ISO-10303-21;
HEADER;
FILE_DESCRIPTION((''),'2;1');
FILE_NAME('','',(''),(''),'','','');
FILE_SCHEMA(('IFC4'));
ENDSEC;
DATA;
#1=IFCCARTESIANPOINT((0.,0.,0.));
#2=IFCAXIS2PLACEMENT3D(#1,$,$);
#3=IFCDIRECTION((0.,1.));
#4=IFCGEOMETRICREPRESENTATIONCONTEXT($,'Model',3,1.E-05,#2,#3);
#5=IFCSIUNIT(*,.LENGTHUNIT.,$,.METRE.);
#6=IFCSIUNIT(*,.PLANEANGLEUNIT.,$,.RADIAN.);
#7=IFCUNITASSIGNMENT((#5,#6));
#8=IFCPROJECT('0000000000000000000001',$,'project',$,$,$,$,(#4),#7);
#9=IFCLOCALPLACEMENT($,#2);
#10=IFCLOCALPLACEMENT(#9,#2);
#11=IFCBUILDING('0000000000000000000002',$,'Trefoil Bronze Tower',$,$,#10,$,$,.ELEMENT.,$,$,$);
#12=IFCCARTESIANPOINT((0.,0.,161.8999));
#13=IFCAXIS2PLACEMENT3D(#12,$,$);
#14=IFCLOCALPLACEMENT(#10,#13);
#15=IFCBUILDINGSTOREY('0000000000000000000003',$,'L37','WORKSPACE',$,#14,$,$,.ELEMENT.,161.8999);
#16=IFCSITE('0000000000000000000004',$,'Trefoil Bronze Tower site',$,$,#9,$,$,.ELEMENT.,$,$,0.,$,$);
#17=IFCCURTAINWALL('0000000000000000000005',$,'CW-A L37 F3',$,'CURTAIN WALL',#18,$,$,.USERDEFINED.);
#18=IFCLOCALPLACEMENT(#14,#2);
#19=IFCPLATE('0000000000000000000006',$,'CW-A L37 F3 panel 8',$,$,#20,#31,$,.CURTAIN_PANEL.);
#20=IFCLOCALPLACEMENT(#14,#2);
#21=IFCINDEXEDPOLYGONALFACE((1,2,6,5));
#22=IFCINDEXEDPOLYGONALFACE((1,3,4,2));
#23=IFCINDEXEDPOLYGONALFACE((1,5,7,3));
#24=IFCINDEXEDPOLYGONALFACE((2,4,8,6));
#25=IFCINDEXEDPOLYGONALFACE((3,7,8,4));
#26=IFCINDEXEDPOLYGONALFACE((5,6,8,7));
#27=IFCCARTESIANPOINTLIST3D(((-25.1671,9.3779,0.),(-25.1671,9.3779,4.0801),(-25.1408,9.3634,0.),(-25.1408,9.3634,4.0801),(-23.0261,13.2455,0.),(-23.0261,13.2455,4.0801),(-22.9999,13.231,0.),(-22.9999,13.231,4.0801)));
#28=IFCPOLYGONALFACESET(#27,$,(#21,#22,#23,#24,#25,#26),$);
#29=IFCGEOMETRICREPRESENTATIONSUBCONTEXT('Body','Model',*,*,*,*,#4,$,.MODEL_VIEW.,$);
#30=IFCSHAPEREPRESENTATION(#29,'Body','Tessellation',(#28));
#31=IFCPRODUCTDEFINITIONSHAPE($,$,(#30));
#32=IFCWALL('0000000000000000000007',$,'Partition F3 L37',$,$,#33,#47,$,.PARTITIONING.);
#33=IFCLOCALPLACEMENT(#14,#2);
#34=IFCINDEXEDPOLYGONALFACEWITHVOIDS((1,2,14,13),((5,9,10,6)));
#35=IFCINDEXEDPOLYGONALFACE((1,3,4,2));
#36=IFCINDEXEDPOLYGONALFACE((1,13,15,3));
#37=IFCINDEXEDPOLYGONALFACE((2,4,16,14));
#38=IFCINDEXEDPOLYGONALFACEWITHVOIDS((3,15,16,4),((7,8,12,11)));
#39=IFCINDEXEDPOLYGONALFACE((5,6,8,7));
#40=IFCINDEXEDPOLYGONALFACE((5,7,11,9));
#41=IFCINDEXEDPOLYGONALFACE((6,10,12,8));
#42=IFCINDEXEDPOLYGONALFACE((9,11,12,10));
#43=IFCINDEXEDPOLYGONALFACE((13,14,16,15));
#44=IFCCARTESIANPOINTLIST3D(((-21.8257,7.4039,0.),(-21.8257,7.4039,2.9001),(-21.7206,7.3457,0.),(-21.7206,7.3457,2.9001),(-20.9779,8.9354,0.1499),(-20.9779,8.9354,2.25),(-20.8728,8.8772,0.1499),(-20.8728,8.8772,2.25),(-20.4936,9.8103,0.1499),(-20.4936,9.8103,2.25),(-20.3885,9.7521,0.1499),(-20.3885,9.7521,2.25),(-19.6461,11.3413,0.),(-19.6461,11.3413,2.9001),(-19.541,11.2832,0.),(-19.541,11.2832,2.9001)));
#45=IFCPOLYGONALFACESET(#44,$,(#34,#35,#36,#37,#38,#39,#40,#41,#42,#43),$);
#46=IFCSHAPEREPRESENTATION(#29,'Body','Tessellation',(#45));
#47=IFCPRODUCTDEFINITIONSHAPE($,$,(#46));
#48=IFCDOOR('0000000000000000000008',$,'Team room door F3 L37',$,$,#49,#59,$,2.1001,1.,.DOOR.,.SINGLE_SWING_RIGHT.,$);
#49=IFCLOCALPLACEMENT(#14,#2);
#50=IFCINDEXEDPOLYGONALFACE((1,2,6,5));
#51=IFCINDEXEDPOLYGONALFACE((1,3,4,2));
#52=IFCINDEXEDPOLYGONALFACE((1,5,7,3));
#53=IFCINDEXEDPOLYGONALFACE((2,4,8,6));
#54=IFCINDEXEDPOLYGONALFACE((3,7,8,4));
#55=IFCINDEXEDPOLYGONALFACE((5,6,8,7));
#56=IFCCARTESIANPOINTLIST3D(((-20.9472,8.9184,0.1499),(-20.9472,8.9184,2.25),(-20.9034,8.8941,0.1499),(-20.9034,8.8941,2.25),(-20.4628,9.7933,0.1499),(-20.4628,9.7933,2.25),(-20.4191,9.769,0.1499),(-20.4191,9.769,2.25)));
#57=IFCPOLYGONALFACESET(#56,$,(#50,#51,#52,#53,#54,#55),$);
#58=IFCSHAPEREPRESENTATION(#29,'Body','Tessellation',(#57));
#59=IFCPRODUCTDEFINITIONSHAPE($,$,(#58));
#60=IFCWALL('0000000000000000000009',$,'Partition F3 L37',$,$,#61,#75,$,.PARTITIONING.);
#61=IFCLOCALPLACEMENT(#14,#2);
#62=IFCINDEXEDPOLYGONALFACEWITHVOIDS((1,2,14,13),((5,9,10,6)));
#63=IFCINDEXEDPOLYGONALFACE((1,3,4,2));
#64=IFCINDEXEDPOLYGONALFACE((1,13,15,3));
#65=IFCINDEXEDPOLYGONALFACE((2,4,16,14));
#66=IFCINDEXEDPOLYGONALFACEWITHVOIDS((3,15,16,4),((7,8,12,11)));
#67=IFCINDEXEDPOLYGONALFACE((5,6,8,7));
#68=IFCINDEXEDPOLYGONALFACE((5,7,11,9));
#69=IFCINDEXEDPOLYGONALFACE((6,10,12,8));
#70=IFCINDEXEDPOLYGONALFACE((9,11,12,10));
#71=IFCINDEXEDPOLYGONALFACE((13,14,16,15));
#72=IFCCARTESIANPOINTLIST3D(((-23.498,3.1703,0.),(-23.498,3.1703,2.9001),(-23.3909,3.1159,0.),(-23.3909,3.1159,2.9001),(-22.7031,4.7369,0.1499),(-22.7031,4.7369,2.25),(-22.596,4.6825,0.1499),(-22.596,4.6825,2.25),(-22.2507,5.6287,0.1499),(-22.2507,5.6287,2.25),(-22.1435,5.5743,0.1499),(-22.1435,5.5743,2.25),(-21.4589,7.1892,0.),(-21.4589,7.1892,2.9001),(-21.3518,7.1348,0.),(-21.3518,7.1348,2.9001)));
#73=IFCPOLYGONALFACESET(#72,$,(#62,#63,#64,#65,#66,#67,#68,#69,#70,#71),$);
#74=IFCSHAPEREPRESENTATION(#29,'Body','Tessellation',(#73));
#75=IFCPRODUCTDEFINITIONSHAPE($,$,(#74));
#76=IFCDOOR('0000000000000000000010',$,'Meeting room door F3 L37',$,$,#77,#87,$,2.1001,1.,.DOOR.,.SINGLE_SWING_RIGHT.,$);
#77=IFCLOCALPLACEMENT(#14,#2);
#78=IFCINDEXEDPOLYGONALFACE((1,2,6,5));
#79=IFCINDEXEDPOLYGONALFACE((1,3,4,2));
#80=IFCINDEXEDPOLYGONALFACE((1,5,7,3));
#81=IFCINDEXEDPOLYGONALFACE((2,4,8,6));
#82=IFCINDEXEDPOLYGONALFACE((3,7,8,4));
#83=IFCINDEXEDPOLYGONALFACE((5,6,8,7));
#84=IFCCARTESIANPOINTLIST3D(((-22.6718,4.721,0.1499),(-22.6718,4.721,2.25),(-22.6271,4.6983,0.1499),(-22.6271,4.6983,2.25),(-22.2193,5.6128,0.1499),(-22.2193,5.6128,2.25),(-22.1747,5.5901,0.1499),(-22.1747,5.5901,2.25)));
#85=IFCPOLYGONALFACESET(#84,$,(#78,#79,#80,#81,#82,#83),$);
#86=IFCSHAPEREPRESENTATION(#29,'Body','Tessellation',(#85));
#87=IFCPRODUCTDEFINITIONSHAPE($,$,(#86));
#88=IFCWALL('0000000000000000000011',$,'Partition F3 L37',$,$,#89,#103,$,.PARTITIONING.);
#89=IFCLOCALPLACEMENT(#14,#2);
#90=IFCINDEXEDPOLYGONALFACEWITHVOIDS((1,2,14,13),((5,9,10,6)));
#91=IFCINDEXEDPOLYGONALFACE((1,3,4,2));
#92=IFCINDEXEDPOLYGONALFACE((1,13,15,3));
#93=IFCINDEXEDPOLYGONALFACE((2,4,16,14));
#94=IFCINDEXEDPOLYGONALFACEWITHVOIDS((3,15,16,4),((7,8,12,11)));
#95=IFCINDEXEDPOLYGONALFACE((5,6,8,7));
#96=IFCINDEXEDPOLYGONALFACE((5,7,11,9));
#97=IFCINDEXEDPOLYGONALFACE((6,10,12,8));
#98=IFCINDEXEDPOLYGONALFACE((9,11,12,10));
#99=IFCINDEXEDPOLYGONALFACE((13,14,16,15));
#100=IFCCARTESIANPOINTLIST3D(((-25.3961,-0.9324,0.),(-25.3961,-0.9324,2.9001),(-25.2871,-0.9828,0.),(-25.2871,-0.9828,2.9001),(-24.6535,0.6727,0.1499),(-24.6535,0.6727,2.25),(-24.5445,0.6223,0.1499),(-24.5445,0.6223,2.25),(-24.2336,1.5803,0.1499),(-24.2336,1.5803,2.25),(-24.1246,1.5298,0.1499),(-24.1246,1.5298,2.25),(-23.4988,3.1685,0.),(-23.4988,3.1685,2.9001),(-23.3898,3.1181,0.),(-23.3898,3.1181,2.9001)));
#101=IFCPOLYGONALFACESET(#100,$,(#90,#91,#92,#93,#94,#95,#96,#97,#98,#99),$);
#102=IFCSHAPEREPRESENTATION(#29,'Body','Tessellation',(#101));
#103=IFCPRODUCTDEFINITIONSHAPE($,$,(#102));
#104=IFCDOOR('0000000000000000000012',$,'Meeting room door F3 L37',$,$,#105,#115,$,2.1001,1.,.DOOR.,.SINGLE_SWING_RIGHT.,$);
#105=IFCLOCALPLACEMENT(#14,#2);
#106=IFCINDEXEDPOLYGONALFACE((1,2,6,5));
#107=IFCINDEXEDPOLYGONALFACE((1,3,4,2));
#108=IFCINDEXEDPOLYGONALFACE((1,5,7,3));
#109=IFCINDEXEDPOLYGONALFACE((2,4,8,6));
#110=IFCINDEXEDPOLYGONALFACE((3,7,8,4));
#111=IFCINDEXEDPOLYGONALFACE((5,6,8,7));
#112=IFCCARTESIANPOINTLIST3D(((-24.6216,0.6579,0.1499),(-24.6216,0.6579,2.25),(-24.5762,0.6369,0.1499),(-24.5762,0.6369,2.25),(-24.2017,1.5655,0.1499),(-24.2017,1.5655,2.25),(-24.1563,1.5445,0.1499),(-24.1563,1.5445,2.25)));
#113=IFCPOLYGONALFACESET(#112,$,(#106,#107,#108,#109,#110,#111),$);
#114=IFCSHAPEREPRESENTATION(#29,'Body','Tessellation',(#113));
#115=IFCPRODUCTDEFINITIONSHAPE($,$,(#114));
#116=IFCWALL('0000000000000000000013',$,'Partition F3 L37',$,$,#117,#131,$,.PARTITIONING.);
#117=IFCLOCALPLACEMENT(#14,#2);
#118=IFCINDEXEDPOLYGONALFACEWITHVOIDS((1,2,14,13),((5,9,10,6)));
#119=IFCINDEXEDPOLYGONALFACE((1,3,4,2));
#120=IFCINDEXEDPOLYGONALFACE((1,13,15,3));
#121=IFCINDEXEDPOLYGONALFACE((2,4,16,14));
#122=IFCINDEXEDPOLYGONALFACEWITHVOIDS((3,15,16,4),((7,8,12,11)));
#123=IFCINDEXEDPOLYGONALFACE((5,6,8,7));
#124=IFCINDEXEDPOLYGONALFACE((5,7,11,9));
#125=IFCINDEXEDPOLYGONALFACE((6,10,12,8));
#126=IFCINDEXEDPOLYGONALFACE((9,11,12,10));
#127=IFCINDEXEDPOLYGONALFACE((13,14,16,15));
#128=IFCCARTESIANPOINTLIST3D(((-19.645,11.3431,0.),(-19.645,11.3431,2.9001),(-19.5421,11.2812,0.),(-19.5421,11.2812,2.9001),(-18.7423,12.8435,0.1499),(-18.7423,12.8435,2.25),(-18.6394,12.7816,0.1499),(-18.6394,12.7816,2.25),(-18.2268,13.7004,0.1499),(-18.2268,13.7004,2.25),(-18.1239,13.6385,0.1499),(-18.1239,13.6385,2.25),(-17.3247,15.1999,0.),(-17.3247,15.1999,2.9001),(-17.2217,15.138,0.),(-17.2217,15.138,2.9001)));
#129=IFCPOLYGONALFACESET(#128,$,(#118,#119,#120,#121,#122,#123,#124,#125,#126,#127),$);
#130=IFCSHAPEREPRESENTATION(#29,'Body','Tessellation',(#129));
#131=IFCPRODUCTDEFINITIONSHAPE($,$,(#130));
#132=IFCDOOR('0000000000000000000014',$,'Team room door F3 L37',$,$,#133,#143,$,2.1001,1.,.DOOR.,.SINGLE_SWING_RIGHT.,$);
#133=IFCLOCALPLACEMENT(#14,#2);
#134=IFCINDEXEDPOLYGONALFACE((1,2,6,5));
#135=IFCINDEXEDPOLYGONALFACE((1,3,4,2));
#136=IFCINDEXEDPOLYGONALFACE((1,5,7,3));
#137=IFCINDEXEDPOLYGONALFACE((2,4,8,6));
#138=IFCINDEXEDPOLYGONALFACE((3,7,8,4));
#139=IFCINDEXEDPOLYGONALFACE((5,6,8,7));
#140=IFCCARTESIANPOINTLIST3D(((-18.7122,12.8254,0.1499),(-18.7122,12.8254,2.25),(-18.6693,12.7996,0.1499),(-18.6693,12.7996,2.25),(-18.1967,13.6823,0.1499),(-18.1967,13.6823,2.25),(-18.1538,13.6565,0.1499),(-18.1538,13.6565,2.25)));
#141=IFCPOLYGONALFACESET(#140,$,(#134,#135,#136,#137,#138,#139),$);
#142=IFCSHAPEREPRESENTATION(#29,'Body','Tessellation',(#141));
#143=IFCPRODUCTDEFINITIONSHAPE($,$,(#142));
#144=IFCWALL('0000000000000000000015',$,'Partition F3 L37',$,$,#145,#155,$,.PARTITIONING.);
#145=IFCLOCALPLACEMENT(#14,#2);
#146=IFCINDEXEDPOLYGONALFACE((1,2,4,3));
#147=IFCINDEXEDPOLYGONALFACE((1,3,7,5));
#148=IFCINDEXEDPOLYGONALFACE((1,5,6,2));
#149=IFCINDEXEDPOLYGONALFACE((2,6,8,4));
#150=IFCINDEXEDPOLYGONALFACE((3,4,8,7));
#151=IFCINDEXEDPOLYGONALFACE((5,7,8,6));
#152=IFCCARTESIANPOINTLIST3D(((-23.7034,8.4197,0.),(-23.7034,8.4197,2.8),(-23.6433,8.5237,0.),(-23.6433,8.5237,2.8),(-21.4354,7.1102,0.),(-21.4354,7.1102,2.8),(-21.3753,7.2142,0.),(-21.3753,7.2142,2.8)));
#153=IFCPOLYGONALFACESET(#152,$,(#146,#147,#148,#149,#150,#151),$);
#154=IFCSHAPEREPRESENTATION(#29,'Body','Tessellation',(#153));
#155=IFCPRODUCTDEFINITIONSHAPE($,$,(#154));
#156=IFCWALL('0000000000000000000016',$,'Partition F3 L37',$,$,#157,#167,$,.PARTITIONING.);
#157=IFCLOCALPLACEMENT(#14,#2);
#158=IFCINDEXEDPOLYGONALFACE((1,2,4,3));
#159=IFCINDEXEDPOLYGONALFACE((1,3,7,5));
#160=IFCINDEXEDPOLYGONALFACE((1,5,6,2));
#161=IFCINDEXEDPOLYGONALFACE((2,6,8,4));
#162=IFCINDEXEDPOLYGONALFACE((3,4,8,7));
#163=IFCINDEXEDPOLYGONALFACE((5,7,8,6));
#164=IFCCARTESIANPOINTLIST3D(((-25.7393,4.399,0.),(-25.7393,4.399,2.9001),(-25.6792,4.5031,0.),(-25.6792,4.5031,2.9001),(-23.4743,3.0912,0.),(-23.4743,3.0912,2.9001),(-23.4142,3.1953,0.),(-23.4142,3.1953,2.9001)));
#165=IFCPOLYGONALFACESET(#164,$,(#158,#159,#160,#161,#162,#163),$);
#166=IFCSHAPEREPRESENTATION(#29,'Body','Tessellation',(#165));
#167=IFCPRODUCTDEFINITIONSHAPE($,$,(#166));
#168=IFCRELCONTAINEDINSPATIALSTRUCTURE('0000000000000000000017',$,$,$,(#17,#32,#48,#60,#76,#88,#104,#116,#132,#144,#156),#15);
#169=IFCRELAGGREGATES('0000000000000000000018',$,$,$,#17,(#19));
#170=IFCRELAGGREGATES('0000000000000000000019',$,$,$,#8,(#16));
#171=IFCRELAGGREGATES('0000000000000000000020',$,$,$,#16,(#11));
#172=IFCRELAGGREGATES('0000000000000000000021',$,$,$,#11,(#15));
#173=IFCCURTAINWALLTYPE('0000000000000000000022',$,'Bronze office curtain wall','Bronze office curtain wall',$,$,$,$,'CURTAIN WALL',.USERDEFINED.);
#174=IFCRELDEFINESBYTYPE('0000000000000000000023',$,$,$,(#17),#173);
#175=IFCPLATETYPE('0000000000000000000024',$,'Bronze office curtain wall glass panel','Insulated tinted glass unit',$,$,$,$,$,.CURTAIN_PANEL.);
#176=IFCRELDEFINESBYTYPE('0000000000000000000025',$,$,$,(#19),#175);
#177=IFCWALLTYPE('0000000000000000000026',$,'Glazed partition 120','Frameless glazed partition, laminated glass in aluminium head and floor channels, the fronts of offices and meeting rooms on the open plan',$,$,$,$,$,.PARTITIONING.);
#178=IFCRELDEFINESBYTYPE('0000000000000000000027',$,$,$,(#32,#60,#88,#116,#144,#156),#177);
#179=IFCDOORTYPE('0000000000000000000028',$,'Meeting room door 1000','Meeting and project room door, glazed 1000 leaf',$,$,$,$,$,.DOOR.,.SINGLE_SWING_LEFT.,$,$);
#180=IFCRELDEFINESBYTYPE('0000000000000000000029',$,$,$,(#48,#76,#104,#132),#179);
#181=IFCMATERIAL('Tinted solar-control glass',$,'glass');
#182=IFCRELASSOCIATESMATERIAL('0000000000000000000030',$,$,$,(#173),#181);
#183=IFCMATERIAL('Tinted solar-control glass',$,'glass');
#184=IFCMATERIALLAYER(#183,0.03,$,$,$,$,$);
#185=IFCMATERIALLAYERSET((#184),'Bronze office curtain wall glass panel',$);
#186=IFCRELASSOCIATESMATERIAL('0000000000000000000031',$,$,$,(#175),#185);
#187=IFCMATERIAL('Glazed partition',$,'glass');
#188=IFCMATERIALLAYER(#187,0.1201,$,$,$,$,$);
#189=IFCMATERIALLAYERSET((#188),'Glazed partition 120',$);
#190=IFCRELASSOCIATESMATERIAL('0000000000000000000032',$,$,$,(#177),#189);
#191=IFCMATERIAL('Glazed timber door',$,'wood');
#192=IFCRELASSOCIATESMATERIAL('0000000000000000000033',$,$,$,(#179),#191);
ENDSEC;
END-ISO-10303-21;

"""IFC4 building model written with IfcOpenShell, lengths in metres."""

from ifc_helpers import new_model, si_unit, direction, frame, frame_2d, origin, origin_2d, place, context, subcontext, project, spatial, rectangle, extrude, material, layer, layer_set, type_object, element, fill, aggregate, save


model = new_model("IFC4")

# Units and contexts
model_context = context("Model", 3, precision=1e-05, world=origin(), true_north=direction((0.0, 1.0)))
body_context = subcontext(model_context, "Body", "Model", "MODEL_VIEW")
ifc_project = project(units=[si_unit("LENGTHUNIT", "METRE"), si_unit("PLANEANGLEUNIT", "RADIAN")], contexts=[model_context])

# Site, building, storey
site_placement = place(None, origin())
site = spatial("IfcSite", under=ifc_project, at=site_placement, Name="Trefoil Bronze Tower site", CompositionType="ELEMENT", RefElevation=0.0)
building_placement = place(site_placement, origin())
building = spatial("IfcBuilding", under=site, at=building_placement, Name="Trefoil Bronze Tower", CompositionType="ELEMENT")
storey_placement = place(building_placement, frame((0.0, 0.0, 161.8999)))
storey = spatial("IfcBuildingStorey", under=building, at=storey_placement, Name="L37", Description="WORKSPACE", CompositionType="ELEMENT", Elevation=161.8999)

# Curtain wall
ifc_material_1 = material(Name="Tinted solar-control glass", Category="glass")
curtain_wall_type = type_object("IfcCurtainWallType", Name="Bronze office curtain wall", Description="Bronze office curtain wall", ElementType="CURTAIN WALL", PredefinedType="USERDEFINED", material=ifc_material_1)
curtain_wall_placement = place(storey_placement, origin())
curtain_wall = element("IfcCurtainWall", 1, at=curtain_wall_placement, inside=storey, type_object=curtain_wall_type, Name="CW-A L37 F3", ObjectType="CURTAIN WALL", PredefinedType="USERDEFINED")

# Plate
ifc_material_2 = material(Name="Tinted solar-control glass", Category="glass")
ifc_layer_1 = layer(ifc_material_2, 0.03)
ifc_layer_set_1 = layer_set([ifc_layer_1], Name="Bronze office curtain wall glass panel")
plate_type = type_object("IfcPlateType", Name="Bronze office curtain wall glass panel", Description="Insulated tinted glass unit", PredefinedType="CURTAIN_PANEL", material=ifc_layer_set_1)
plate_placement = place(storey_placement, frame((-24.0835, 11.3044, 0.0), z_axis=(0.0, 0.0, 1.0), x_axis=(-0.484312, -0.874895, 0.0)))
plate = element("IfcPlate", 2, at=plate_placement, type_object=plate_type, Name="CW-A L37 F3 panel 8", PredefinedType="CURTAIN_PANEL", context=body_context, shape_type="SweptSolid", body=[
    extrude(rectangle(XDim=4.4207, YDim=0.03, at=origin_2d()), origin(), (0.0, 0.0, 1.0), 4.0801),
])
aggregate(curtain_wall, [plate])

# Walls, openings, doors
ifc_material_3 = material(Name="Glazed partition", Category="glass")
ifc_layer_2 = layer(ifc_material_3, 0.1201)
ifc_layer_set_2 = layer_set([ifc_layer_2], Name="Glazed partition 120")
wall_type_1 = type_object("IfcWallType", Name="Glazed partition 120", Description="Frameless glazed partition, laminated glass in aluminium head and floor channels, the fronts of offices and meeting rooms on the open plan", PredefinedType="PARTITIONING", material=ifc_layer_set_2)
wall_1_placement = place(storey_placement, frame((-19.5935, 11.3123, 0.0), z_axis=(0.0, 0.0, 1.0), x_axis=(-0.484316, -0.874893, 0.0)))
wall_1 = element("IfcWall", 3, at=wall_1_placement, inside=storey, type_object=wall_type_1, Name="Partition F3 L37", PredefinedType="PARTITIONING", context=body_context, shape_type="SweptSolid", body=[
    extrude(rectangle(XDim=4.5005, YDim=0.1201, at=frame_2d((2.2502, 0.0))), origin(), (0.0, 0.0, 1.0), 2.9001),
])
opening_1_placement = place(wall_1_placement, frame((1.75, 0.0, 0.1499)))
opening_1 = element("IfcOpeningElement", 4, at=opening_1_placement, cuts=wall_1, PredefinedType="OPENING", context=body_context, shape_type="SweptSolid", body=[
    extrude(rectangle(XDim=1.0, YDim=2.1001, at=frame_2d((0.5, 1.05))), frame((0.0, 0.0701, 0.0), z_axis=(0.0, -1.0, 0.0), x_axis=(1.0, 0.0, 0.0)), (0.0, 0.0, 1.0), 0.1401),
])
ifc_material_4 = material(Name="Glazed timber door", Category="wood")
door_type = type_object("IfcDoorType", Name="Meeting room door 1000", Description="Meeting and project room door, glazed 1000 leaf", OperationType="SINGLE_SWING_LEFT", PredefinedType="DOOR", material=ifc_material_4)
door_1_placement = place(opening_1_placement, frame((1.0, 0.0, 0.0), z_axis=(0.0, 0.0, 1.0), x_axis=(-1.0, 0.0, 0.0)))
door_1 = element("IfcDoor", 5, at=door_1_placement, inside=storey, type_object=door_type, Name="Team room door F3 L37", OperationType="SINGLE_SWING_RIGHT", OverallHeight=2.1001, OverallWidth=1.0, PredefinedType="DOOR", context=body_context, shape_type="SweptSolid", body=[
    extrude(rectangle(XDim=1.0, YDim=2.1001, at=frame_2d((0.5, 1.05))), frame((0.0, 0.0249, 0.0), z_axis=(0.0, -1.0, 0.0), x_axis=(1.0, 0.0, 0.0)), (0.0, 0.0, 1.0), 0.05),
])
fill(opening_1, door_1)
wall_2_placement = place(storey_placement, frame((-21.4053, 7.1621, 0.0), z_axis=(0.0, 0.0, 1.0), x_axis=(-0.452472, -0.891779, 0.0)))
wall_2 = element("IfcWall", 6, at=wall_2_placement, inside=storey, type_object=wall_type_1, Name="Partition F3 L37", PredefinedType="PARTITIONING", context=body_context, shape_type="SweptSolid", body=[
    extrude(rectangle(XDim=4.5066, YDim=0.1201, at=frame_2d((2.2534, 0.0))), origin(), (0.0, 0.0, 1.0), 2.9001),
])
opening_2_placement = place(wall_2_placement, frame((1.75, 0.0, 0.1499)))
opening_2 = element("IfcOpeningElement", 7, at=opening_2_placement, cuts=wall_2, PredefinedType="OPENING", context=body_context, shape_type="SweptSolid", body=[
    extrude(rectangle(XDim=1.0, YDim=2.1001, at=frame_2d((0.5, 1.05))), frame((0.0, 0.0701, 0.0), z_axis=(0.0, -1.0, 0.0), x_axis=(1.0, 0.0, 0.0)), (0.0, 0.0, 1.0), 0.1401),
])
door_2_placement = place(opening_2_placement, frame((1.0, 0.0, 0.0), z_axis=(0.0, 0.0, 1.0), x_axis=(-1.0, 0.0, 0.0)))
door_2 = element("IfcDoor", 8, at=door_2_placement, inside=storey, type_object=door_type, Name="Meeting room door F3 L37", OperationType="SINGLE_SWING_RIGHT", OverallHeight=2.1001, OverallWidth=1.0, PredefinedType="DOOR", context=body_context, shape_type="SweptSolid", body=[
    extrude(rectangle(XDim=1.0, YDim=2.1001, at=frame_2d((0.5, 1.05))), frame((0.0, 0.0249, 0.0), z_axis=(0.0, -1.0, 0.0), x_axis=(1.0, 0.0, 0.0)), (0.0, 0.0, 1.0), 0.05),
])
fill(opening_2, door_2)
wall_3_placement = place(storey_placement, frame((-23.4443, 3.1433, 0.0), z_axis=(0.0, 0.0, 1.0), x_axis=(-0.419884, -0.907578, 0.0)))
wall_3 = element("IfcWall", 9, at=wall_3_placement, inside=storey, type_object=wall_type_1, Name="Partition F3 L37", PredefinedType="PARTITIONING", context=body_context, shape_type="SweptSolid", body=[
    extrude(rectangle(XDim=4.5186, YDim=0.1201, at=frame_2d((2.2593, 0.0))), origin(), (0.0, 0.0, 1.0), 2.9001),
])
opening_3_placement = place(wall_3_placement, frame((1.75, 0.0, 0.1499)))
opening_3 = element("IfcOpeningElement", 10, at=opening_3_placement, cuts=wall_3, PredefinedType="OPENING", context=body_context, shape_type="SweptSolid", body=[
    extrude(rectangle(XDim=1.0, YDim=2.1001, at=frame_2d((0.5, 1.05))), frame((0.0, 0.0701, 0.0), z_axis=(0.0, -1.0, 0.0), x_axis=(1.0, 0.0, 0.0)), (0.0, 0.0, 1.0), 0.1401),
])
door_3_placement = place(opening_3_placement, frame((1.0, 0.0, 0.0), z_axis=(0.0, 0.0, 1.0), x_axis=(-1.0, 0.0, 0.0)))
door_3 = element("IfcDoor", 11, at=door_3_placement, inside=storey, type_object=door_type, Name="Meeting room door F3 L37", OperationType="SINGLE_SWING_RIGHT", OverallHeight=2.1001, OverallWidth=1.0, PredefinedType="DOOR", context=body_context, shape_type="SweptSolid", body=[
    extrude(rectangle(XDim=1.0, YDim=2.1001, at=frame_2d((0.5, 1.05))), frame((0.0, 0.0249, 0.0), z_axis=(0.0, -1.0, 0.0), x_axis=(1.0, 0.0, 0.0)), (0.0, 0.0, 1.0), 0.05),
])
fill(opening_3, door_3)
wall_4_placement = place(storey_placement, frame((-17.2732, 15.1689, 0.0), z_axis=(0.0, 0.0, 1.0), x_axis=(-0.515524, -0.856875, 0.0)))
wall_4 = element("IfcWall", 12, at=wall_4_placement, inside=storey, type_object=wall_type_1, Name="Partition F3 L37", PredefinedType="PARTITIONING", context=body_context, shape_type="SweptSolid", body=[
    extrude(rectangle(XDim=4.501, YDim=0.1201, at=frame_2d((2.2505, 0.0))), origin(), (0.0, 0.0, 1.0), 2.9001),
])
opening_4_placement = place(wall_4_placement, frame((1.75, 0.0, 0.1499)))
opening_4 = element("IfcOpeningElement", 13, at=opening_4_placement, cuts=wall_4, PredefinedType="OPENING", context=body_context, shape_type="SweptSolid", body=[
    extrude(rectangle(XDim=1.0, YDim=2.1001, at=frame_2d((0.5, 1.05))), frame((0.0, 0.0701, 0.0), z_axis=(0.0, -1.0, 0.0), x_axis=(1.0, 0.0, 0.0)), (0.0, 0.0, 1.0), 0.1401),
])
door_4_placement = place(opening_4_placement, frame((1.0, 0.0, 0.0), z_axis=(0.0, 0.0, 1.0), x_axis=(-1.0, 0.0, 0.0)))
door_4 = element("IfcDoor", 14, at=door_4_placement, inside=storey, type_object=door_type, Name="Team room door F3 L37", OperationType="SINGLE_SWING_RIGHT", OverallHeight=2.1001, OverallWidth=1.0, PredefinedType="DOOR", context=body_context, shape_type="SweptSolid", body=[
    extrude(rectangle(XDim=1.0, YDim=2.1001, at=frame_2d((0.5, 1.05))), frame((0.0, 0.0249, 0.0), z_axis=(0.0, -1.0, 0.0), x_axis=(1.0, 0.0, 0.0)), (0.0, 0.0, 1.0), 0.05),
])
fill(opening_4, door_4)

# Walls
wall_5_placement = place(storey_placement, frame((-21.4053, 7.1621, 0.0), z_axis=(0.0, 0.0, 1.0), x_axis=(-0.866009, 0.500029, 0.0)))
element("IfcWall", 15, at=wall_5_placement, inside=storey, type_object=wall_type_1, Name="Partition F3 L37", PredefinedType="PARTITIONING", context=body_context, shape_type="SweptSolid", body=[
    extrude(rectangle(XDim=2.6189, YDim=0.1201, at=frame_2d((1.3096, 0.0))), origin(), (0.0, 0.0, 1.0), 2.8),
])
wall_6_placement = place(storey_placement, frame((-23.4443, 3.1433, 0.0), z_axis=(0.0, 0.0, 1.0), x_axis=(-0.866011, 0.500024, 0.0)))
element("IfcWall", 16, at=wall_6_placement, inside=storey, type_object=wall_type_1, Name="Partition F3 L37", PredefinedType="PARTITIONING", context=body_context, shape_type="SweptSolid", body=[
    extrude(rectangle(XDim=2.6155, YDim=0.1201, at=frame_2d((1.3076, 0.0))), origin(), (0.0, 0.0, 1.0), 2.9001),
])

save(model, "model.ifc")
